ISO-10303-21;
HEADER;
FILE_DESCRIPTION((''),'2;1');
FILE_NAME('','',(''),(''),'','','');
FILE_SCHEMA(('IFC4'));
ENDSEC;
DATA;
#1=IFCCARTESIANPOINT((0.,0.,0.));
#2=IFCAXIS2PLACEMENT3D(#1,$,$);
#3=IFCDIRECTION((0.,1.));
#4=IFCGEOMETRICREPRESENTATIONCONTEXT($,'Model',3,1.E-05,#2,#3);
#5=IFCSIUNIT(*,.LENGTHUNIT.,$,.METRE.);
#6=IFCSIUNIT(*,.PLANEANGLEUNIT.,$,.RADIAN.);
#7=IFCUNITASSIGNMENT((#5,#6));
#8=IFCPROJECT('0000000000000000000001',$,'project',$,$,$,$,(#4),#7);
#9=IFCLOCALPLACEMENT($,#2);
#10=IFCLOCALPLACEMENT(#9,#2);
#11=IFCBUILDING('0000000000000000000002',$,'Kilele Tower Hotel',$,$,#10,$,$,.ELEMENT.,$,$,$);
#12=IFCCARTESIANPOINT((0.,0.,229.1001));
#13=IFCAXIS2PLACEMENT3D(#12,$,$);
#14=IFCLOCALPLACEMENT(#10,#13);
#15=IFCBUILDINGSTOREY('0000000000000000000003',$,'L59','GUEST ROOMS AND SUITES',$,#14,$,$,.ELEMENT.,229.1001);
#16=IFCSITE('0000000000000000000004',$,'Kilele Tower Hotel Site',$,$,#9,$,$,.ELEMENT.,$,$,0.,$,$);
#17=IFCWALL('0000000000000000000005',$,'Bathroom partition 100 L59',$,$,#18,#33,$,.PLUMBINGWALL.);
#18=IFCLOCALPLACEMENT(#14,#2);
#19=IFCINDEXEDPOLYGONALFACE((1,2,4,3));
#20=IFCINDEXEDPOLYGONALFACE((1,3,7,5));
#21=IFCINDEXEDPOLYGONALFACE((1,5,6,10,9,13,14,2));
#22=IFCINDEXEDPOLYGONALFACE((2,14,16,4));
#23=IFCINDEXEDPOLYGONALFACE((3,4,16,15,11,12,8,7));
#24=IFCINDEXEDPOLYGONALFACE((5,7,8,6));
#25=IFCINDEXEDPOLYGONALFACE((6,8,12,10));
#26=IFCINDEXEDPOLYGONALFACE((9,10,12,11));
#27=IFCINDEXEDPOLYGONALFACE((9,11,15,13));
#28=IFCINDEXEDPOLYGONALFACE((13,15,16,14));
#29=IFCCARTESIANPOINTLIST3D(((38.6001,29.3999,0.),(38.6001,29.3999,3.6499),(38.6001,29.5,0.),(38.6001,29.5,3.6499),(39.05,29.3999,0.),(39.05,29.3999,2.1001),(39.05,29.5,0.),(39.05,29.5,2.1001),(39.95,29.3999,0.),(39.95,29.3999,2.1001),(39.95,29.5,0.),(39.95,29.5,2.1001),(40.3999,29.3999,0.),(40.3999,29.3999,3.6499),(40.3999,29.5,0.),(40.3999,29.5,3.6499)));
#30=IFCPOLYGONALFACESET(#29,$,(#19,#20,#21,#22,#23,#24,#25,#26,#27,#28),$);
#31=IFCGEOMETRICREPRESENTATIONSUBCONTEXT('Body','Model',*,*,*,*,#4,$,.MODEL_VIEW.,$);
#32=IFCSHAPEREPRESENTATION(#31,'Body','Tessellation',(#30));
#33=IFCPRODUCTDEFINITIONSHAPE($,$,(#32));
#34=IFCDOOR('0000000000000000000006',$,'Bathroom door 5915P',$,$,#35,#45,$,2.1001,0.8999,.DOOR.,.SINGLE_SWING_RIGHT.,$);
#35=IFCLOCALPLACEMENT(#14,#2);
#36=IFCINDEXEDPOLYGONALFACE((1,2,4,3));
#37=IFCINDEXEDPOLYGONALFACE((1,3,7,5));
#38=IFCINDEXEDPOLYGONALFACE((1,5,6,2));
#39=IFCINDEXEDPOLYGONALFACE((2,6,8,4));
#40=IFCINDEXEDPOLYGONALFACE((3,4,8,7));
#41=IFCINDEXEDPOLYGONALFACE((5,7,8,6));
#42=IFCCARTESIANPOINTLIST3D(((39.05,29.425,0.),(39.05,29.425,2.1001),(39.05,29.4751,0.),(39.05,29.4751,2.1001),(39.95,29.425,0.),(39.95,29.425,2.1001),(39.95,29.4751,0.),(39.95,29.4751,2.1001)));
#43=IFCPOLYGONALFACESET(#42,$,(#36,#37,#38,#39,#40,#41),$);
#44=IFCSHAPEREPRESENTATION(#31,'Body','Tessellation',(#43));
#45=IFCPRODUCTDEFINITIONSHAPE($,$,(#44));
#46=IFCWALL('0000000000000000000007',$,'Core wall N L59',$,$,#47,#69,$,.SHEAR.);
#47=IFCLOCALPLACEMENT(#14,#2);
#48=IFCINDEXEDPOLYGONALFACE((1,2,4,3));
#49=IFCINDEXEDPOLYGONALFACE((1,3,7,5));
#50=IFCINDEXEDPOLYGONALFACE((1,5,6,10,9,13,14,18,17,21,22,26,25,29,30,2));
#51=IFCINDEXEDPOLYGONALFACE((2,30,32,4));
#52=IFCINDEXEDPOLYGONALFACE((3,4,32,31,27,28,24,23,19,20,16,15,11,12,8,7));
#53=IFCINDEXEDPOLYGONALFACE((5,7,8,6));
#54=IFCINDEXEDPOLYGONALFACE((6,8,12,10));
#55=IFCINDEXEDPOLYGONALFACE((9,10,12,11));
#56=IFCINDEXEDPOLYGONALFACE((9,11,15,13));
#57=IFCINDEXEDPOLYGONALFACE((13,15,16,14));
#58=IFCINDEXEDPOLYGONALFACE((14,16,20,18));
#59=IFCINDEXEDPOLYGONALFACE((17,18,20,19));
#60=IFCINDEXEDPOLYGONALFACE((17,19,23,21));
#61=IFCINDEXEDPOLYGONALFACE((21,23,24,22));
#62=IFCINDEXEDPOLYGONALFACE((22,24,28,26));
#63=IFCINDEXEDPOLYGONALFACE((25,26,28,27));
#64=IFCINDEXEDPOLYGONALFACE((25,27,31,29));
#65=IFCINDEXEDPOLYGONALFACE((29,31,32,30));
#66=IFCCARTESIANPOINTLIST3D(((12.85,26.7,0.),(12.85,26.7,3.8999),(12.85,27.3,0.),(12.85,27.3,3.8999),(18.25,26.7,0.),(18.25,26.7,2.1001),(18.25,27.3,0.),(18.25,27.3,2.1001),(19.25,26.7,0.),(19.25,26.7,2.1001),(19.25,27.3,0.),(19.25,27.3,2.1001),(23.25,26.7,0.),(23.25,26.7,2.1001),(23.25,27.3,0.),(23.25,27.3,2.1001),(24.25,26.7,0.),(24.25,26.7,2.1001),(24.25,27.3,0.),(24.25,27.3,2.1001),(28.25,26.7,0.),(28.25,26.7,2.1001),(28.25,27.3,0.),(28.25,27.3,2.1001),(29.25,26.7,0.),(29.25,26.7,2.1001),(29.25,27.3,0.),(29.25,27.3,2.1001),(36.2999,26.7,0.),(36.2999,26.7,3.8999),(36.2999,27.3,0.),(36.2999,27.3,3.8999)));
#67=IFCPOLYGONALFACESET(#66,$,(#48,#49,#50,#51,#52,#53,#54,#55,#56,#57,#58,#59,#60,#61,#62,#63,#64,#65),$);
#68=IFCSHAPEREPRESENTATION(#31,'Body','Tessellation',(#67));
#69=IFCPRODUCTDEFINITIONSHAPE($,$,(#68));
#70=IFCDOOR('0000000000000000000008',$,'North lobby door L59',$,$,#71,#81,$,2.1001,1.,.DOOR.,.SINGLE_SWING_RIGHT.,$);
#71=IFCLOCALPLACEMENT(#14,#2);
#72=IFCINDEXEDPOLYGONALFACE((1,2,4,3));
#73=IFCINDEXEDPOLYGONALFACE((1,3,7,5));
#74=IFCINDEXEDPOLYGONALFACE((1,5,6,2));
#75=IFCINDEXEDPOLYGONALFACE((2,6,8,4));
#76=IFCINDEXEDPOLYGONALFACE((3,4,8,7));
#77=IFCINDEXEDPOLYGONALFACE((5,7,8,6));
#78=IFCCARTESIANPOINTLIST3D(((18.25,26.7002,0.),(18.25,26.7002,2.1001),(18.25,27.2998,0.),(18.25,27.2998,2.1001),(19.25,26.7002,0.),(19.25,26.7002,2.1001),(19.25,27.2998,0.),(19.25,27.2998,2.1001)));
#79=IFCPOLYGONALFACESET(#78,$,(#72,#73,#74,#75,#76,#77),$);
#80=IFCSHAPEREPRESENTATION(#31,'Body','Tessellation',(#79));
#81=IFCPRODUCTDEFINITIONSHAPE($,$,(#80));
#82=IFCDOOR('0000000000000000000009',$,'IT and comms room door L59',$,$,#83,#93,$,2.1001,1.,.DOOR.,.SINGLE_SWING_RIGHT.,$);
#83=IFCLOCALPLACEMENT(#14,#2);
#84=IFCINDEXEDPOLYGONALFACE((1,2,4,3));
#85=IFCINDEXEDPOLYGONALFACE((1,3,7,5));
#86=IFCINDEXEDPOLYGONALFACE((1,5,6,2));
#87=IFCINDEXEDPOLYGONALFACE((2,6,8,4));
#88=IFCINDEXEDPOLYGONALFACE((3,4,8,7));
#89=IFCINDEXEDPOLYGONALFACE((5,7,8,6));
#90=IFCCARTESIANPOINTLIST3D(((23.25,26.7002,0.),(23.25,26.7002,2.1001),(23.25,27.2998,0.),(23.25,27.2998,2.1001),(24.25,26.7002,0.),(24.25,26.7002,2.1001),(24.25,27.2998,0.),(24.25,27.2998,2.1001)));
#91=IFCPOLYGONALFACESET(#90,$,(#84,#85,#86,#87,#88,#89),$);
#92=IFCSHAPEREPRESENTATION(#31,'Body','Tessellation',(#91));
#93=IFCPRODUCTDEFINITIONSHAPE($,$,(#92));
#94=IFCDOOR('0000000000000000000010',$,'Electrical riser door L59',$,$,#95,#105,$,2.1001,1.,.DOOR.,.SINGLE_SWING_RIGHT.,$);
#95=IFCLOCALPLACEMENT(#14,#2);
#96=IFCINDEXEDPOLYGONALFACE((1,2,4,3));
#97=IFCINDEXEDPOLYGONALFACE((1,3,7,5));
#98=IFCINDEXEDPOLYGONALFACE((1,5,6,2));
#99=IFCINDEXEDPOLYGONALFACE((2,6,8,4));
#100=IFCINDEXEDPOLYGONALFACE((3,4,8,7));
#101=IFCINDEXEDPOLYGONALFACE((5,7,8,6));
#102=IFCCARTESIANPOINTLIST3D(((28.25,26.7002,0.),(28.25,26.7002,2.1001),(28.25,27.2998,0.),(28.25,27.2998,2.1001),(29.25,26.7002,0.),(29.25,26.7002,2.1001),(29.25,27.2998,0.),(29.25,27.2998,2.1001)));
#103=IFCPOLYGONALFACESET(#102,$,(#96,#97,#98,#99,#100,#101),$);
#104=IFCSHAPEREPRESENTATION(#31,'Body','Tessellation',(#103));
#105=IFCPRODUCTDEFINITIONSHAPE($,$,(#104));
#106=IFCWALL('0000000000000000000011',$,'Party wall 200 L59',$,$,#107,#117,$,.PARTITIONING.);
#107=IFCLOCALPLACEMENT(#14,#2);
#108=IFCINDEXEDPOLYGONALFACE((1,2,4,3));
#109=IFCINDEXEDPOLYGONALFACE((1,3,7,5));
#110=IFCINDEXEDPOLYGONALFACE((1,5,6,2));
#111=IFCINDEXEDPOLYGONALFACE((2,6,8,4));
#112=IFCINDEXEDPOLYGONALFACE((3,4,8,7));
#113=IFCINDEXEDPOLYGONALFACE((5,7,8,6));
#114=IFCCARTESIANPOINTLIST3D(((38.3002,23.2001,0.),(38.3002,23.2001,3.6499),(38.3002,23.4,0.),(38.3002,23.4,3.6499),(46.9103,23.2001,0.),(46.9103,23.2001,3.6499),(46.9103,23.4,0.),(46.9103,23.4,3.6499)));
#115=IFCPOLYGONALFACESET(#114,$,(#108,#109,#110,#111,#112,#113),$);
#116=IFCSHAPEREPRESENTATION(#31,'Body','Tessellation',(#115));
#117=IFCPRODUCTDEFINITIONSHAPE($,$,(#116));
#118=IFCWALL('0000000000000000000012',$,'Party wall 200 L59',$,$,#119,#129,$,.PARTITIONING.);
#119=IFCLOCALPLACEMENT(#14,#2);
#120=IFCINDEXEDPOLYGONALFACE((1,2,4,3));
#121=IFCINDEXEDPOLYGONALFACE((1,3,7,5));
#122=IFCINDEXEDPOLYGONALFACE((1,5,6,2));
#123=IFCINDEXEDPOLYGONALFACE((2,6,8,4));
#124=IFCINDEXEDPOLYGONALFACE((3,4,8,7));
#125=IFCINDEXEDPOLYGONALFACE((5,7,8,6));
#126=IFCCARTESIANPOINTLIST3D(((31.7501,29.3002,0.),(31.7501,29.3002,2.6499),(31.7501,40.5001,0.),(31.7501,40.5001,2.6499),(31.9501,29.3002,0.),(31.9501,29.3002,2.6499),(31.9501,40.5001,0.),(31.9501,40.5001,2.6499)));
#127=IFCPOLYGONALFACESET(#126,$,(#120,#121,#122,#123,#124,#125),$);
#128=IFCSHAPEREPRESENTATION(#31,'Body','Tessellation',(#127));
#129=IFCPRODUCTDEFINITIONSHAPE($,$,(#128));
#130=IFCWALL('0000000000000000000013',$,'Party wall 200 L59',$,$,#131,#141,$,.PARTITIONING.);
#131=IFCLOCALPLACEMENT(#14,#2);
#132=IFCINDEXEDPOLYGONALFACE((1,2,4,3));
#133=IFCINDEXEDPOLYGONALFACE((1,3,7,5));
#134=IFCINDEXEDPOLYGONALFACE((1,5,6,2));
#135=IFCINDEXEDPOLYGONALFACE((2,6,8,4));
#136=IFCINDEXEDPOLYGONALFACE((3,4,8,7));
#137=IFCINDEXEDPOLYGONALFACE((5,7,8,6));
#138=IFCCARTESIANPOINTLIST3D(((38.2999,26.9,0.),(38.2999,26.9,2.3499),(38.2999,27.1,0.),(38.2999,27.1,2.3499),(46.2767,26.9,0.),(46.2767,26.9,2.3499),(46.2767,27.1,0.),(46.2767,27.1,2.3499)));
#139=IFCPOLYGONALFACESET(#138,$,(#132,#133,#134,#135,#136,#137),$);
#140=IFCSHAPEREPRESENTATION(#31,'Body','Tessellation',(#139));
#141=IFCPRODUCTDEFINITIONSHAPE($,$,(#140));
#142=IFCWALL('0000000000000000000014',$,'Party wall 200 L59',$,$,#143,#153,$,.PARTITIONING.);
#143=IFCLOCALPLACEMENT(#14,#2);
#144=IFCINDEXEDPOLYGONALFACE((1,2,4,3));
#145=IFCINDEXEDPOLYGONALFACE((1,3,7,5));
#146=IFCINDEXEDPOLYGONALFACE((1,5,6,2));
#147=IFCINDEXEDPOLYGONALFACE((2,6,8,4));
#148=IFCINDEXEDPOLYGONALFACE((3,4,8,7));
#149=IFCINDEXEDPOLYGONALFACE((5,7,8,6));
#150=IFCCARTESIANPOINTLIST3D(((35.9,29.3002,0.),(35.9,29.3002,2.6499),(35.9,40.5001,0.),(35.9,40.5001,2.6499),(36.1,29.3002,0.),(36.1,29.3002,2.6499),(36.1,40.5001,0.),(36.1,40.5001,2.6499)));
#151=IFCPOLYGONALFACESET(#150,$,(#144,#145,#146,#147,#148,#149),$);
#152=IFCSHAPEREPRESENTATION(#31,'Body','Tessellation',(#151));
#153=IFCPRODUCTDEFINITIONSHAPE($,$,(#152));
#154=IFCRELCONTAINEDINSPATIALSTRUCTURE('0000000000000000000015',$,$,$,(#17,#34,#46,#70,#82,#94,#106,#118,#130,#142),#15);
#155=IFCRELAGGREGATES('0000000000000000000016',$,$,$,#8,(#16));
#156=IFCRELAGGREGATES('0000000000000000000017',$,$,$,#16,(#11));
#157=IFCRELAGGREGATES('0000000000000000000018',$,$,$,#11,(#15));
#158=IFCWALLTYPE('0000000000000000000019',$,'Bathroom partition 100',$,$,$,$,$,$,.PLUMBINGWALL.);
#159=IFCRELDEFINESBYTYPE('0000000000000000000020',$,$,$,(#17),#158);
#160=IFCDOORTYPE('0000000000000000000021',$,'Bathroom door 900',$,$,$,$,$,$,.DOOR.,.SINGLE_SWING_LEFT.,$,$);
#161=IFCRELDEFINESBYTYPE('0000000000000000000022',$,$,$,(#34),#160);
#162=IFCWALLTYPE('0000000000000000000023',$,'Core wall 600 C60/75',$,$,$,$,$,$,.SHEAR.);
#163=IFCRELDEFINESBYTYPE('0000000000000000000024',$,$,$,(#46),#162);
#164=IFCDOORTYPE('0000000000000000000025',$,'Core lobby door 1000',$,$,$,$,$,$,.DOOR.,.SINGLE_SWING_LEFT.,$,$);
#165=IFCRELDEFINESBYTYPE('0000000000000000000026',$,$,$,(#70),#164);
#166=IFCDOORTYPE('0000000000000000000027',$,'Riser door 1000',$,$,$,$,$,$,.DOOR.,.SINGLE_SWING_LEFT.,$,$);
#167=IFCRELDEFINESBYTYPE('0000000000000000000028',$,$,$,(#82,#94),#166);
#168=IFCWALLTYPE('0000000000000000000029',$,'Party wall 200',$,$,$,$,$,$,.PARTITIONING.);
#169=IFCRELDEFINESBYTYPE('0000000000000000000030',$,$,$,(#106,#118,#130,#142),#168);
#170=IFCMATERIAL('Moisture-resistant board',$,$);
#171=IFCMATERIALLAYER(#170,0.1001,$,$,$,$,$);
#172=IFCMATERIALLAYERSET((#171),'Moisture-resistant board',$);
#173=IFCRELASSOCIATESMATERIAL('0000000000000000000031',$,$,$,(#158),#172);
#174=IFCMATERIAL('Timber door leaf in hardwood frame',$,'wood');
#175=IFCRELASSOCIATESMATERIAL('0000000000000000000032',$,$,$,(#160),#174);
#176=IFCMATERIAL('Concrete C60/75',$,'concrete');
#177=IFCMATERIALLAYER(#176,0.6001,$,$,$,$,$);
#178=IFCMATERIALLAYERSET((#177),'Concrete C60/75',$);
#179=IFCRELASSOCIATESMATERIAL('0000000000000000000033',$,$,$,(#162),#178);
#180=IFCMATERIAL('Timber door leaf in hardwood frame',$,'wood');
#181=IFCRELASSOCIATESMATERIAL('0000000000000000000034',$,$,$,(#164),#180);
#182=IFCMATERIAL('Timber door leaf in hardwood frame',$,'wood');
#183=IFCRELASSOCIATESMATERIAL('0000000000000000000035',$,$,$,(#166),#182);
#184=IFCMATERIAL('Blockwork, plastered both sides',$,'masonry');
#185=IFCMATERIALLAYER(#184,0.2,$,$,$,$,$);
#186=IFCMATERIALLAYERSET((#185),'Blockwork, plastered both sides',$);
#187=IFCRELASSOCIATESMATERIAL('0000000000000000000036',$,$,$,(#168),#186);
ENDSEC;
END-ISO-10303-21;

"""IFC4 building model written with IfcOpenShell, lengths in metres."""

from ifc_helpers import new_model, si_unit, direction, frame, frame_2d, origin, place, context, subcontext, project, spatial, rectangle, extrude, material, layer, layer_set, type_object, element, fill, save


model = new_model("IFC4")

# Units and contexts
model_context = context("Model", 3, precision=1e-05, world=origin(), true_north=direction((0.0, 1.0)))
body_context = subcontext(model_context, "Body", "Model", "MODEL_VIEW")
ifc_project = project(units=[si_unit("LENGTHUNIT", "METRE"), si_unit("PLANEANGLEUNIT", "RADIAN")], contexts=[model_context])

# Site, building, storey
site_placement = place(None, origin())
site = spatial("IfcSite", under=ifc_project, at=site_placement, Name="Kilele Tower Hotel Site", CompositionType="ELEMENT", RefElevation=0.0)
building_placement = place(site_placement, origin())
building = spatial("IfcBuilding", under=site, at=building_placement, Name="Kilele Tower Hotel", CompositionType="ELEMENT")
storey_placement = place(building_placement, frame((0.0, 0.0, 229.1001)))
storey = spatial("IfcBuildingStorey", under=building, at=storey_placement, Name="L59", Description="GUEST ROOMS AND SUITES", CompositionType="ELEMENT", Elevation=229.1001)

# Shared definitions
ifc_material_1 = material(Name="Moisture-resistant board")
ifc_layer_1 = layer(ifc_material_1, 0.1001)
ifc_layer_set_1 = layer_set([ifc_layer_1], Name="Moisture-resistant board")
wall_type_1 = type_object("IfcWallType", Name="Bathroom partition 100", PredefinedType="PLUMBINGWALL", material=ifc_layer_set_1)
ifc_material_2 = material(Name="Timber door leaf in hardwood frame", Category="wood")
door_type_1 = type_object("IfcDoorType", Name="Bathroom door 900", OperationType="SINGLE_SWING_LEFT", PredefinedType="DOOR", material=ifc_material_2)

# Wall, opening, door
wall_1_placement = place(storey_placement, frame((38.6001, 29.45, 0.0), z_axis=(0.0, 0.0, 1.0), x_axis=(1.0, 0.0, 0.0)))
wall_1 = element("IfcWall", 1, at=wall_1_placement, inside=storey, type_object=wall_type_1, Name="Bathroom partition 100 L59", PredefinedType="PLUMBINGWALL", context=body_context, shape_type="SweptSolid", body=[
    extrude(rectangle(XDim=1.7998, YDim=0.1001, at=frame_2d((0.8999, 0.0))), origin(), (0.0, 0.0, 1.0), 3.6499),
])
opening_1_placement = place(wall_1_placement, frame((1.3499, 0.0, 0.0), z_axis=(0.0, 0.0, 1.0), x_axis=(-1.0, 0.0, 0.0)))
opening_1 = element("IfcOpeningElement", 2, at=opening_1_placement, cuts=wall_1, PredefinedType="OPENING", context=body_context, shape_type="SweptSolid", body=[
    extrude(rectangle(XDim=0.8999, YDim=2.1001, at=frame_2d((0.45, 1.05))), frame((0.0, 0.0601, 0.0), z_axis=(0.0, -1.0, 0.0), x_axis=(1.0, 0.0, 0.0)), (0.0, 0.0, 1.0), 0.1201),
])
door_1_placement = place(opening_1_placement, origin())
door_1 = element("IfcDoor", 3, at=door_1_placement, inside=storey, type_object=door_type_1, Name="Bathroom door 5915P", OperationType="SINGLE_SWING_RIGHT", OverallHeight=2.1001, OverallWidth=0.8999, PredefinedType="DOOR", context=body_context, shape_type="SweptSolid", body=[
    extrude(rectangle(XDim=0.8999, YDim=2.1001, at=frame_2d((0.45, 1.05))), frame((0.0, 0.0249, 0.0), z_axis=(0.0, -1.0, 0.0), x_axis=(1.0, 0.0, 0.0)), (0.0, 0.0, 1.0), 0.05),
])
fill(opening_1, door_1)

# Wall, openings, doors
ifc_material_3 = material(Name="Concrete C60/75", Category="concrete")
ifc_layer_2 = layer(ifc_material_3, 0.6001)
ifc_layer_set_2 = layer_set([ifc_layer_2], Name="Concrete C60/75")
wall_type_2 = type_object("IfcWallType", Name="Core wall 600 C60/75", PredefinedType="SHEAR", material=ifc_layer_set_2)
wall_2_placement = place(storey_placement, frame((36.3, 27.0, 0.0), z_axis=(0.0, 0.0, 1.0), x_axis=(-1.0, 0.0, 0.0)))
wall_2 = element("IfcWall", 4, at=wall_2_placement, inside=storey, type_object=wall_type_2, Name="Core wall N L59", PredefinedType="SHEAR", context=body_context, shape_type="SweptSolid", body=[
    extrude(rectangle(XDim=23.45, YDim=0.6001, at=frame_2d((11.7251, 0.0))), origin(), (0.0, 0.0, 1.0), 3.8999),
])
opening_2_placement = place(wall_2_placement, frame((17.05, 0.0, 0.0)))
opening_2 = element("IfcOpeningElement", 5, at=opening_2_placement, cuts=wall_2, PredefinedType="OPENING", context=body_context, shape_type="SweptSolid", body=[
    extrude(rectangle(XDim=1.0, YDim=2.1001, at=frame_2d((0.5, 1.05))), frame((0.0, 0.3101, 0.0), z_axis=(0.0, -1.0, 0.0), x_axis=(1.0, 0.0, 0.0)), (0.0, 0.0, 1.0), 0.6201),
])
opening_3_placement = place(wall_2_placement, frame((12.05, 0.0, 0.0)))
opening_3 = element("IfcOpeningElement", 6, at=opening_3_placement, cuts=wall_2, PredefinedType="OPENING", context=body_context, shape_type="SweptSolid", body=[
    extrude(rectangle(XDim=1.0, YDim=2.1001, at=frame_2d((0.5, 1.05))), frame((0.0, 0.3101, 0.0), z_axis=(0.0, -1.0, 0.0), x_axis=(1.0, 0.0, 0.0)), (0.0, 0.0, 1.0), 0.6201),
])
opening_4_placement = place(wall_2_placement, frame((7.05, 0.0, 0.0)))
opening_4 = element("IfcOpeningElement", 7, at=opening_4_placement, cuts=wall_2, PredefinedType="OPENING", context=body_context, shape_type="SweptSolid", body=[
    extrude(rectangle(XDim=1.0, YDim=2.1001, at=frame_2d((0.5, 1.05))), frame((0.0, 0.3101, 0.0), z_axis=(0.0, -1.0, 0.0), x_axis=(1.0, 0.0, 0.0)), (0.0, 0.0, 1.0), 0.6201),
])
ifc_material_4 = material(Name="Timber door leaf in hardwood frame", Category="wood")
door_type_2 = type_object("IfcDoorType", Name="Core lobby door 1000", OperationType="SINGLE_SWING_LEFT", PredefinedType="DOOR", material=ifc_material_4)
door_2_placement = place(opening_2_placement, origin())
door_2 = element("IfcDoor", 8, at=door_2_placement, inside=storey, type_object=door_type_2, Name="North lobby door L59", OperationType="SINGLE_SWING_RIGHT", OverallHeight=2.1001, OverallWidth=1.0, PredefinedType="DOOR", context=body_context, shape_type="SweptSolid", body=[
    extrude(rectangle(XDim=1.0, YDim=2.1001, at=frame_2d((0.5, 1.05))), frame((0.0, 0.2998, 0.0), z_axis=(0.0, -1.0, 0.0), x_axis=(1.0, 0.0, 0.0)), (0.0, 0.0, 1.0), 0.5996),
])
fill(opening_2, door_2)
ifc_material_5 = material(Name="Timber door leaf in hardwood frame", Category="wood")
door_type_3 = type_object("IfcDoorType", Name="Riser door 1000", OperationType="SINGLE_SWING_LEFT", PredefinedType="DOOR", material=ifc_material_5)
door_3_placement = place(opening_3_placement, origin())
door_3 = element("IfcDoor", 9, at=door_3_placement, inside=storey, type_object=door_type_3, Name="IT and comms room door L59", OperationType="SINGLE_SWING_RIGHT", OverallHeight=2.1001, OverallWidth=1.0, PredefinedType="DOOR", context=body_context, shape_type="SweptSolid", body=[
    extrude(rectangle(XDim=1.0, YDim=2.1001, at=frame_2d((0.5, 1.05))), frame((0.0, 0.2998, 0.0), z_axis=(0.0, -1.0, 0.0), x_axis=(1.0, 0.0, 0.0)), (0.0, 0.0, 1.0), 0.5996),
])
fill(opening_3, door_3)
door_4_placement = place(opening_4_placement, origin())
door_4 = element("IfcDoor", 10, at=door_4_placement, inside=storey, type_object=door_type_3, Name="Electrical riser door L59", OperationType="SINGLE_SWING_RIGHT", OverallHeight=2.1001, OverallWidth=1.0, PredefinedType="DOOR", context=body_context, shape_type="SweptSolid", body=[
    extrude(rectangle(XDim=1.0, YDim=2.1001, at=frame_2d((0.5, 1.05))), frame((0.0, 0.2998, 0.0), z_axis=(0.0, -1.0, 0.0), x_axis=(1.0, 0.0, 0.0)), (0.0, 0.0, 1.0), 0.5996),
])
fill(opening_4, door_4)

# Walls
ifc_material_6 = material(Name="Blockwork, plastered both sides", Category="masonry")
ifc_layer_3 = layer(ifc_material_6, 0.2)
ifc_layer_set_3 = layer_set([ifc_layer_3], Name="Blockwork, plastered both sides")
wall_type_3 = type_object("IfcWallType", Name="Party wall 200", PredefinedType="PARTITIONING", material=ifc_layer_set_3)
wall_3_placement = place(storey_placement, frame((38.3, 23.3, 0.0), z_axis=(0.0, 0.0, 1.0), x_axis=(1.0, 0.0, 0.0)))
element("IfcWall", 11, at=wall_3_placement, inside=storey, type_object=wall_type_3, Name="Party wall 200 L59", PredefinedType="PARTITIONING", context=body_context, shape_type="SweptSolid", body=[
    extrude(rectangle(XDim=8.6101, YDim=0.2, at=frame_2d((4.3052, 0.0))), origin(), (0.0, 0.0, 1.0), 3.6499),
])
wall_4_placement = place(storey_placement, frame((31.8501, 29.3, 0.0), z_axis=(0.0, 0.0, 1.0), x_axis=(0.0, 1.0, 0.0)))
element("IfcWall", 12, at=wall_4_placement, inside=storey, type_object=wall_type_3, Name="Party wall 200 L59", PredefinedType="PARTITIONING", context=body_context, shape_type="SweptSolid", body=[
    extrude(rectangle(XDim=11.2, YDim=0.2, at=frame_2d((5.6001, 0.0))), origin(), (0.0, 0.0, 1.0), 2.6499),
])
wall_5_placement = place(storey_placement, frame((38.3, 27.0, 0.0), z_axis=(0.0, 0.0, 1.0), x_axis=(1.0, 0.0, 0.0)))
element("IfcWall", 13, at=wall_5_placement, inside=storey, type_object=wall_type_3, Name="Party wall 200 L59", PredefinedType="PARTITIONING", context=body_context, shape_type="SweptSolid", body=[
    extrude(rectangle(XDim=7.9768, YDim=0.2, at=frame_2d((3.9883, 0.0))), origin(), (0.0, 0.0, 1.0), 2.3499),
])
wall_6_placement = place(storey_placement, frame((36.0, 29.3, 0.0), z_axis=(0.0, 0.0, 1.0), x_axis=(0.0, 1.0, 0.0)))
element("IfcWall", 14, at=wall_6_placement, inside=storey, type_object=wall_type_3, Name="Party wall 200 L59", PredefinedType="PARTITIONING", context=body_context, shape_type="SweptSolid", body=[
    extrude(rectangle(XDim=11.2, YDim=0.2, at=frame_2d((5.6001, 0.0))), origin(), (0.0, 0.0, 1.0), 2.6499),
])

save(model, "model.ifc")
